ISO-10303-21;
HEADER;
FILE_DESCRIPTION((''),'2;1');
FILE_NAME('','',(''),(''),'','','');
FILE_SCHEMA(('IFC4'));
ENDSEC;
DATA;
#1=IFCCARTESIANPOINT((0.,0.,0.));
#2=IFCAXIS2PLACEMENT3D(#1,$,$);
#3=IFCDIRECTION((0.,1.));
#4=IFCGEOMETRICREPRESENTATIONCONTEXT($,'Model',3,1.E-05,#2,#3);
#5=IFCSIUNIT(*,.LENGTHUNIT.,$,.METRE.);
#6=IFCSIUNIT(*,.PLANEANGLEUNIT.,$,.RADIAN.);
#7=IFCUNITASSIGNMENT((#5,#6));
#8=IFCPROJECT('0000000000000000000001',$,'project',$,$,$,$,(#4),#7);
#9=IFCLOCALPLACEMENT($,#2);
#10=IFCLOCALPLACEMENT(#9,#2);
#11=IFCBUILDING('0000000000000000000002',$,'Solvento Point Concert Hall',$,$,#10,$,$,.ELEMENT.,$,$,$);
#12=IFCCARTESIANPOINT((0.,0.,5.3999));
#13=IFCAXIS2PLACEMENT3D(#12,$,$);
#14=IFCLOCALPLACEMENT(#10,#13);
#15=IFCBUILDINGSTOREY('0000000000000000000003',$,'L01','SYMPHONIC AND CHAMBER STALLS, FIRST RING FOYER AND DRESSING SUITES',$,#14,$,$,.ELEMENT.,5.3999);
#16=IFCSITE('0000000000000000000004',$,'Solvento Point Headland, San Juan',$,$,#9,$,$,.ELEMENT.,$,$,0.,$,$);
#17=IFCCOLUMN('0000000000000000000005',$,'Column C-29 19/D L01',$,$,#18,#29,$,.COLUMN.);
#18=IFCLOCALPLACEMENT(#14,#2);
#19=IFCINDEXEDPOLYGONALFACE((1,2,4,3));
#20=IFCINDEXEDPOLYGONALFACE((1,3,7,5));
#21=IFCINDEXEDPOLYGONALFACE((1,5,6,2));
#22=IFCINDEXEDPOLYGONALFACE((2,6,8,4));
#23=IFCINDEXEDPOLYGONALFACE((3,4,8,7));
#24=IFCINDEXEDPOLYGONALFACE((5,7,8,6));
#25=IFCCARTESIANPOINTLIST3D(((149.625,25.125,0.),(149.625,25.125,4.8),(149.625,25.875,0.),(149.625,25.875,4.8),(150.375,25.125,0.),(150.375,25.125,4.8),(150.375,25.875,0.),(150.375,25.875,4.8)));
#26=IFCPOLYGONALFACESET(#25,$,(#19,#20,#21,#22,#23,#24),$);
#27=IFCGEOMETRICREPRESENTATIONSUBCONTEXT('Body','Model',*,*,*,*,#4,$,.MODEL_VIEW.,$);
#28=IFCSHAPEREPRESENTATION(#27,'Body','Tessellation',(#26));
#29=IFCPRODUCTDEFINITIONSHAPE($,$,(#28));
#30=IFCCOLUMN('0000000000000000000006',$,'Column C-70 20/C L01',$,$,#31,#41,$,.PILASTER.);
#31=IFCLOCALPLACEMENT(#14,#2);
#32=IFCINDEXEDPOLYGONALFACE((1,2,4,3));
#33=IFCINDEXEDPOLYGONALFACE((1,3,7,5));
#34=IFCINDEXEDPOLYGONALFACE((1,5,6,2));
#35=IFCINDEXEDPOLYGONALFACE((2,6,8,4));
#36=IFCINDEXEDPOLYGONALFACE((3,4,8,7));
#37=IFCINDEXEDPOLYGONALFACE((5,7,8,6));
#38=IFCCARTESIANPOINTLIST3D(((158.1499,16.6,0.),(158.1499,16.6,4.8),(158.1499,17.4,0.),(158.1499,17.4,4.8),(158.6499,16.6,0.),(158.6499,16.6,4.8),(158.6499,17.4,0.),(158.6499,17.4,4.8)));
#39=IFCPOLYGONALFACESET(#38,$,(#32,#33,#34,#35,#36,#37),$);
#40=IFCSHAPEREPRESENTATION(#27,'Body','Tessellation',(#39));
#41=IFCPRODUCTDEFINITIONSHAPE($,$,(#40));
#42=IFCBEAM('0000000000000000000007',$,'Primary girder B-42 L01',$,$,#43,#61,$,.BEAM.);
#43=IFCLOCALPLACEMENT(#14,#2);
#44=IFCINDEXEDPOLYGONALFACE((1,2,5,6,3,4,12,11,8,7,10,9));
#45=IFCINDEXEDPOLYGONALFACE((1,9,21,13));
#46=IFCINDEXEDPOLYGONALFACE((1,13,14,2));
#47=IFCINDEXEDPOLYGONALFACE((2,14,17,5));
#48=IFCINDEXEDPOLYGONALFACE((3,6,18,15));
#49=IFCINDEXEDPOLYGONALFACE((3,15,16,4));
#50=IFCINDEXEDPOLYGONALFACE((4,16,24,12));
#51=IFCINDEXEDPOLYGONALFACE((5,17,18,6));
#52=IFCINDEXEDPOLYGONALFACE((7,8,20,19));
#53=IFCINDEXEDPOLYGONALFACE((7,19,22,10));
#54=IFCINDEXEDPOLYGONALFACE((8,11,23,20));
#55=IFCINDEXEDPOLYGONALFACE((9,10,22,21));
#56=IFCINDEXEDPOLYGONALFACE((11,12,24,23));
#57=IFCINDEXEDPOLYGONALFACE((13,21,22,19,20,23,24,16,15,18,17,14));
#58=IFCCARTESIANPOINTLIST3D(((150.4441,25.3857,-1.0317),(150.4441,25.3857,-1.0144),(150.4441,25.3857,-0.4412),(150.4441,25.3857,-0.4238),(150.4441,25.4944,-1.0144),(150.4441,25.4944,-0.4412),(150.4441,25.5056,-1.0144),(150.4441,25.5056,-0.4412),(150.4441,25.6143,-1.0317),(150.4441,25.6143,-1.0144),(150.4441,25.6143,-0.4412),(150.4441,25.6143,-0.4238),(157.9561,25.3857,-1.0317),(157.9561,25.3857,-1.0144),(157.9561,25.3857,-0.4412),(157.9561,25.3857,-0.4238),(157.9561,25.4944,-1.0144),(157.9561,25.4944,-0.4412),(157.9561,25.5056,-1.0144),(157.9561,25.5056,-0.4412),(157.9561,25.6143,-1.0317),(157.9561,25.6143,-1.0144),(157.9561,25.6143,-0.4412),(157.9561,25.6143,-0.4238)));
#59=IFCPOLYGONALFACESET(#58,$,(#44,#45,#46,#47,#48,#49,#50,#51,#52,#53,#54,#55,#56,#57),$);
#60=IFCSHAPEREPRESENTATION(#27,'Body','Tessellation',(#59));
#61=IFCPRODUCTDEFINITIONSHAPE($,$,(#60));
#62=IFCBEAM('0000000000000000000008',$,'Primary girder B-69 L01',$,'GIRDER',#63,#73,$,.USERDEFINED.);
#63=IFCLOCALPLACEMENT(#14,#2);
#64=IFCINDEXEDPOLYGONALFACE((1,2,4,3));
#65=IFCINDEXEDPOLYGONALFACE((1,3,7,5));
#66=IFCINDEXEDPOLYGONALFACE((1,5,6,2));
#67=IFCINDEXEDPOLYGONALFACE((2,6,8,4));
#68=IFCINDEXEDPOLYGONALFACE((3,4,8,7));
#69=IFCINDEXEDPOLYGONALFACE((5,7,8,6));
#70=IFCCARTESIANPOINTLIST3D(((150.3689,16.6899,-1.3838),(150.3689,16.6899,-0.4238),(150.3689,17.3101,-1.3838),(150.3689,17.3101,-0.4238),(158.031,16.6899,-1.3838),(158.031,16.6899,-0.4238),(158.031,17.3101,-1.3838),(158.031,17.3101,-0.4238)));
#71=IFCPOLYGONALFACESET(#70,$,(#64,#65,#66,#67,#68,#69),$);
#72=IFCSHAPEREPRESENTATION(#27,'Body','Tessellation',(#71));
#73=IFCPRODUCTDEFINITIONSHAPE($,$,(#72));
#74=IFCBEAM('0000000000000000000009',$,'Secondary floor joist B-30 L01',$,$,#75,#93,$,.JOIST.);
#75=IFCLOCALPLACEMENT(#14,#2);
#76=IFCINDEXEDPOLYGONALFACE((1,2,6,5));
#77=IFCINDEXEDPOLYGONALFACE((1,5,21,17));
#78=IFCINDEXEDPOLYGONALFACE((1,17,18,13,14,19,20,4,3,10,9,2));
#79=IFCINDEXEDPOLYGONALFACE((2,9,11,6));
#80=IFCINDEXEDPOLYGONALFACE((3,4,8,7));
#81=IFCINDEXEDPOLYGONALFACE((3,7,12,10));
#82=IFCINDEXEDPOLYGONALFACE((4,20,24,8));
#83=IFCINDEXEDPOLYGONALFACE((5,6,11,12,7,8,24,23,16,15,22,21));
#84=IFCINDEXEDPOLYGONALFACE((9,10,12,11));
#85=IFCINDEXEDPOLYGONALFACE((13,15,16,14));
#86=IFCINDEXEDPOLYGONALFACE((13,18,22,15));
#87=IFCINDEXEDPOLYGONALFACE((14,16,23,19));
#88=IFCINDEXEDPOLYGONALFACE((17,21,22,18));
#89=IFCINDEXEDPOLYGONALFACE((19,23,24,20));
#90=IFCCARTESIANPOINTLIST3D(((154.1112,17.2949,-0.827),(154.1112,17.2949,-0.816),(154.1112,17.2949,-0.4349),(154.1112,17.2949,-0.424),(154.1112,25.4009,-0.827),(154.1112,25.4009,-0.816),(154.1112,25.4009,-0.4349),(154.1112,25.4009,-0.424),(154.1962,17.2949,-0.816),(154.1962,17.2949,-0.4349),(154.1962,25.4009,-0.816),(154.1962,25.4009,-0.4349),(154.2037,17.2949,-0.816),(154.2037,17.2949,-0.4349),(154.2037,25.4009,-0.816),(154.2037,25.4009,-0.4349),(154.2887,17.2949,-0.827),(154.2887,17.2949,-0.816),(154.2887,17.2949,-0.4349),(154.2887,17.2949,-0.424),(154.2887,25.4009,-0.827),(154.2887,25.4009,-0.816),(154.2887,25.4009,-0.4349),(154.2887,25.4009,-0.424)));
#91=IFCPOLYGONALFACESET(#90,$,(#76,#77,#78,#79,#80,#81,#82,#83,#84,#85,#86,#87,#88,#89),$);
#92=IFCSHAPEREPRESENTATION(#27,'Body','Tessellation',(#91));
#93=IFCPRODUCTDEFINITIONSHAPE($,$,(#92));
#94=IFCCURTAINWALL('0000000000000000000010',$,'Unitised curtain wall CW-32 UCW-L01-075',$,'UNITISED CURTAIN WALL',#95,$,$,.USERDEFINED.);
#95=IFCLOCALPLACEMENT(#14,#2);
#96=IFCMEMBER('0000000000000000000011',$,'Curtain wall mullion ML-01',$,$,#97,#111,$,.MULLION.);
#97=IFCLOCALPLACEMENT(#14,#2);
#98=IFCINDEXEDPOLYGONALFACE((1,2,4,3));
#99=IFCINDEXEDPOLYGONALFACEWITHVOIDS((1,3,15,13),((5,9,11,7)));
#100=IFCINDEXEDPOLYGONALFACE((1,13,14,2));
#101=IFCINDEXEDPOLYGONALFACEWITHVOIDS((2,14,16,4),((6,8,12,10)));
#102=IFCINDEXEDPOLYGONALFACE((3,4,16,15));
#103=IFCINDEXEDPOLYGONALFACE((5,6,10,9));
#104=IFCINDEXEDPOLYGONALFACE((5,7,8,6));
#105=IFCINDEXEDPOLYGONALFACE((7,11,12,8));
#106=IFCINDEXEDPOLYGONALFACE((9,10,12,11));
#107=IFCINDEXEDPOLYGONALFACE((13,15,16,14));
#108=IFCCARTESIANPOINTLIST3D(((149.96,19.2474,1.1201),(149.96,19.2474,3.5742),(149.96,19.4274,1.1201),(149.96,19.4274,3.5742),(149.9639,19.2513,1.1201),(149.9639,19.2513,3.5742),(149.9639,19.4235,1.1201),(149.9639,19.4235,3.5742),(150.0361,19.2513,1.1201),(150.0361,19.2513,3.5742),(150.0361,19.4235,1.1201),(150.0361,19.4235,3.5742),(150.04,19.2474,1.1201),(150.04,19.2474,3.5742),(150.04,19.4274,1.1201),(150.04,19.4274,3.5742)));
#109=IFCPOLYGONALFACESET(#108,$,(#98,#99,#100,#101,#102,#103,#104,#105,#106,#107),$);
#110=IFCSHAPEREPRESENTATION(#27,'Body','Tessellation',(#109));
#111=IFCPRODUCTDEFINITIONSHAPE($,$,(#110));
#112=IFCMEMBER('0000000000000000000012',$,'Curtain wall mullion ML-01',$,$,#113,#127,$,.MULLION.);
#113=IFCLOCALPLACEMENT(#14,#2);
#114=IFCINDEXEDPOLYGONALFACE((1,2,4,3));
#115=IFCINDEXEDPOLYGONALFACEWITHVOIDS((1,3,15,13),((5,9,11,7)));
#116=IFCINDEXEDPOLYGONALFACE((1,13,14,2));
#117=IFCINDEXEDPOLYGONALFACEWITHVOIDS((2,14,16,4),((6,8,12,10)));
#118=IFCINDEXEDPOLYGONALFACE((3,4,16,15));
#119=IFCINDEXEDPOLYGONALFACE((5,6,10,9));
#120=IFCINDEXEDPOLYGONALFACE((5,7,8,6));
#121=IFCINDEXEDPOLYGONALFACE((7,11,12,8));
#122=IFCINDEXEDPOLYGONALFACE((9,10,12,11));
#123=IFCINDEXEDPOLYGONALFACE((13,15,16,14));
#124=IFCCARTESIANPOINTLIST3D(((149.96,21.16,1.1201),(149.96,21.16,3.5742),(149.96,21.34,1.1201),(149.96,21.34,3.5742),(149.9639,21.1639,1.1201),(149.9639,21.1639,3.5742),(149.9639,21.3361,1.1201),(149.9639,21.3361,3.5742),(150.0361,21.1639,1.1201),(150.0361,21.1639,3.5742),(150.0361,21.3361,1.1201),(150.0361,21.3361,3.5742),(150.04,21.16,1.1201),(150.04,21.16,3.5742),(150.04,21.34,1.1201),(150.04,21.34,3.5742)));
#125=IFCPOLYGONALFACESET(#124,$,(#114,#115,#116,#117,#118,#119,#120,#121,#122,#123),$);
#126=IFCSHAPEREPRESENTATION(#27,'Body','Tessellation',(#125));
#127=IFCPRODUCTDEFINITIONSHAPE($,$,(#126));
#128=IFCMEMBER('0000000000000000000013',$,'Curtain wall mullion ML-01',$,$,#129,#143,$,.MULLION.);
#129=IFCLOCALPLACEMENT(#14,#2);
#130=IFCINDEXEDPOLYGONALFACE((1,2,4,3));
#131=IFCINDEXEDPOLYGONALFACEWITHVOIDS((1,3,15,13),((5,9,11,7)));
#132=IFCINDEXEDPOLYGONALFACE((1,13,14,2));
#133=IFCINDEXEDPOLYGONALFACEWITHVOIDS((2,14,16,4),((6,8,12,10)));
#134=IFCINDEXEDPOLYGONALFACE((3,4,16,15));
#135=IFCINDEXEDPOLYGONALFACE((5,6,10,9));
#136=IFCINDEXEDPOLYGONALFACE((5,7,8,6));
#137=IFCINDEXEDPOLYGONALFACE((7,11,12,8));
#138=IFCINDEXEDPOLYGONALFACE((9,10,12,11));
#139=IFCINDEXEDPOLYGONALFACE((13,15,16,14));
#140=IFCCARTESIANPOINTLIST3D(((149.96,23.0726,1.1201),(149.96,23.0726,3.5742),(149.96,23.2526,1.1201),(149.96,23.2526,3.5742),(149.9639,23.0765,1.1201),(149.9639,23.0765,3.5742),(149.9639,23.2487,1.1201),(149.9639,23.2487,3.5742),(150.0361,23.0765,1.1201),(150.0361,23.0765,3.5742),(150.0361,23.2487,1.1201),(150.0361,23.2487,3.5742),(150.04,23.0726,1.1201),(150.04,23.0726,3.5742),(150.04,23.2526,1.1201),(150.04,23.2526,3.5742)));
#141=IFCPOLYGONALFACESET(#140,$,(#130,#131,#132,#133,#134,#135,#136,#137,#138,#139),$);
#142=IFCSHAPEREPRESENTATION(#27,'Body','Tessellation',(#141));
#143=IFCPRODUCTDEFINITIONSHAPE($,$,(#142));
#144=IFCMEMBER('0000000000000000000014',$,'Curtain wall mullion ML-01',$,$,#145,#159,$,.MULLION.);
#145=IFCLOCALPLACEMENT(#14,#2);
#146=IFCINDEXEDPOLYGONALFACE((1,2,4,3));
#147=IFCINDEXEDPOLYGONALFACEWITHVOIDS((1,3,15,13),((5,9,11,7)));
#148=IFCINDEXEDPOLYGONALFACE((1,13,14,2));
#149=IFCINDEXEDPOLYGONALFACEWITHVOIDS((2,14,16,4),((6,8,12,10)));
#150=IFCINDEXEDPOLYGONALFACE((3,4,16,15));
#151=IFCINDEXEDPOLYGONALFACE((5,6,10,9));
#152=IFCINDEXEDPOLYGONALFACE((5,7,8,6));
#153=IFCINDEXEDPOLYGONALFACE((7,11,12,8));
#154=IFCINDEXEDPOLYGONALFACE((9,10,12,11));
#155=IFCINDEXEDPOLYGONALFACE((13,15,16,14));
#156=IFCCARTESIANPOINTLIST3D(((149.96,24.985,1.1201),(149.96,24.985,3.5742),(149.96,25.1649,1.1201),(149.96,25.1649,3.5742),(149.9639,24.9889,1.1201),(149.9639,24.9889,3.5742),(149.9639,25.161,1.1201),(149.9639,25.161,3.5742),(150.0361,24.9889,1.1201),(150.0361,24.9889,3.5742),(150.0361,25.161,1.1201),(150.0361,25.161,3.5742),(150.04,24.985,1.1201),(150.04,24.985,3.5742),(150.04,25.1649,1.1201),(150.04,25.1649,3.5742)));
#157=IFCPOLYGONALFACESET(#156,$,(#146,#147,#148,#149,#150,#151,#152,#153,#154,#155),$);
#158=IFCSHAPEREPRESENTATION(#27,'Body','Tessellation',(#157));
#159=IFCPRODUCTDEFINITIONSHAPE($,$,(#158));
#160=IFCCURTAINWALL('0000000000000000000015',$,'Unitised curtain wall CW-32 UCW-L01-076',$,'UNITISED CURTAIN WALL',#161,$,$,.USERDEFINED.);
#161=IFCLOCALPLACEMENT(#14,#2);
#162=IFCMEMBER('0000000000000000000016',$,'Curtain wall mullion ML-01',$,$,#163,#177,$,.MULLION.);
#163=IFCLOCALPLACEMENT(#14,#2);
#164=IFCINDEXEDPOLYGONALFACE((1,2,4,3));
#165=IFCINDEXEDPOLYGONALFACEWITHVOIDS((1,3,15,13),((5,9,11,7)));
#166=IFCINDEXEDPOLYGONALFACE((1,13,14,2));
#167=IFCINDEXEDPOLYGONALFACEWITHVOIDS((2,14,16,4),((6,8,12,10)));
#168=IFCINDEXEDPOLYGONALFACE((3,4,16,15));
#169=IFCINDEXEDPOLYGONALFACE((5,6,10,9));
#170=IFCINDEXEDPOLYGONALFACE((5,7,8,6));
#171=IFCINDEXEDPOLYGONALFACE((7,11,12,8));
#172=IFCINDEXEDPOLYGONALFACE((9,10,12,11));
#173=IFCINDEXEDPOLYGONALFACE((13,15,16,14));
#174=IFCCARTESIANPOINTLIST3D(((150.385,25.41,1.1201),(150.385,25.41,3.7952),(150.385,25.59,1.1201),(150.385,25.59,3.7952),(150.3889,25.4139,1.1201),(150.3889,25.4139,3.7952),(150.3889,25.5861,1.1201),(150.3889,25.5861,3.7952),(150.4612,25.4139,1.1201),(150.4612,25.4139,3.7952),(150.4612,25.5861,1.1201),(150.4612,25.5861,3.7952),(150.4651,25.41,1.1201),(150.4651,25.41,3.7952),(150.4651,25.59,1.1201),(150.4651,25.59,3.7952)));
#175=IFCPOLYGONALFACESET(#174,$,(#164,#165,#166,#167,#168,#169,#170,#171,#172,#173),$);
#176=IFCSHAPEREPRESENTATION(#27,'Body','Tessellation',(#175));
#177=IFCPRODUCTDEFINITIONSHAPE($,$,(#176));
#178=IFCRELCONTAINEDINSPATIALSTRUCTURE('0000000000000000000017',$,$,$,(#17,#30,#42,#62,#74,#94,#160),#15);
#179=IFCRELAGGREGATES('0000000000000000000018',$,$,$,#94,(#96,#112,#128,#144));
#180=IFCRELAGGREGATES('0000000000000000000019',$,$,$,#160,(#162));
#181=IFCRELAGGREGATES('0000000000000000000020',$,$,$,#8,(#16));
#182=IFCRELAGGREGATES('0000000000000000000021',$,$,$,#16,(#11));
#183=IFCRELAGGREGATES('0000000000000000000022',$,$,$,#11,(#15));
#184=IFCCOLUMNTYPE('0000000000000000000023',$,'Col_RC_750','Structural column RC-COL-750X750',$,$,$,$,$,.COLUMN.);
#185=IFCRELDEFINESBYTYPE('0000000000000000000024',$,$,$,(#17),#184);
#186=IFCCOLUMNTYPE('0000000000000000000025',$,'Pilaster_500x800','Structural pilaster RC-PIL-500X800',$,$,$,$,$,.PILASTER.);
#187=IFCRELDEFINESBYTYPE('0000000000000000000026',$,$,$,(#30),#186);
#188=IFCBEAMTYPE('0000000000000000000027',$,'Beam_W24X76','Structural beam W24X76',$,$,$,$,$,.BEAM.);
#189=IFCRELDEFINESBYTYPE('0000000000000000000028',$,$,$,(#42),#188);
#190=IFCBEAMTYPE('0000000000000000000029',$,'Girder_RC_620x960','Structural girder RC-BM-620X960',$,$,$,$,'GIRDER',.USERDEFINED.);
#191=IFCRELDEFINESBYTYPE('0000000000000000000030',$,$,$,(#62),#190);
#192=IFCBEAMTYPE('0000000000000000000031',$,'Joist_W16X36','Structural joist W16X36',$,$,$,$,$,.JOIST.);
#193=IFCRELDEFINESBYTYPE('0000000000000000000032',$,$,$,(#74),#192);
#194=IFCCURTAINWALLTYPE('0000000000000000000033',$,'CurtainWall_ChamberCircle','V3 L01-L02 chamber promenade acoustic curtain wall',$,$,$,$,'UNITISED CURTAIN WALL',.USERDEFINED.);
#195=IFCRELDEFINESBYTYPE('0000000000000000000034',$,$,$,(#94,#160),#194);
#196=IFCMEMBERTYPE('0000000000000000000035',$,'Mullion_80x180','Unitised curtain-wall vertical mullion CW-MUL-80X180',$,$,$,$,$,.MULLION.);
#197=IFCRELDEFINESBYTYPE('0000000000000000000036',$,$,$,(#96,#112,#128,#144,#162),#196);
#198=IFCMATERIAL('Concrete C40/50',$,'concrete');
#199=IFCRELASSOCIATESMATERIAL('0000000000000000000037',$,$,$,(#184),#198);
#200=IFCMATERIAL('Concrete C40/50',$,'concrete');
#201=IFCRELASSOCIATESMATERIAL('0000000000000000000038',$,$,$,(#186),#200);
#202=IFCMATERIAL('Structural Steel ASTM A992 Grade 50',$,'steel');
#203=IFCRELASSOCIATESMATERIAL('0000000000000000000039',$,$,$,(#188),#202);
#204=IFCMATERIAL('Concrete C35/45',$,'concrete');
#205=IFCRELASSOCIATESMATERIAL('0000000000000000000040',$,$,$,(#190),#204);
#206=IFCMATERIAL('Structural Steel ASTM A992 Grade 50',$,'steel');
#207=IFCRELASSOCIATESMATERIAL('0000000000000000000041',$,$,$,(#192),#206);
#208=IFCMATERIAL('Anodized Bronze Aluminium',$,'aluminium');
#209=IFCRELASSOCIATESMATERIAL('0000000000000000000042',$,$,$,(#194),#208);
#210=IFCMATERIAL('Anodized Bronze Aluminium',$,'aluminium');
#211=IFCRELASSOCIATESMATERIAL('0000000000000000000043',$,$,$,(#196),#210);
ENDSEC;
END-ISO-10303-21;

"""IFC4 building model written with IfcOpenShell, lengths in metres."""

from ifc_helpers import new_model, si_unit, direction, frame, origin, origin_2d, place, context, subcontext, project, spatial, rectangle, hollow_rectangle, i_section, extrude, material, material_profile, profile_set, type_object, element, aggregate, save


model = new_model("IFC4")

# Units and contexts
model_context = context("Model", 3, precision=1e-05, world=origin(), true_north=direction((0.0, 1.0)))
body_context = subcontext(model_context, "Body", "Model", "MODEL_VIEW")
ifc_project = project(units=[si_unit("LENGTHUNIT", "METRE"), si_unit("PLANEANGLEUNIT", "RADIAN")], contexts=[model_context])

# Site, building, storey
site_placement = place(None, origin())
site = spatial("IfcSite", under=ifc_project, at=site_placement, Name="Solvento Point Headland, San Juan", CompositionType="ELEMENT", RefElevation=0.0)
building_placement = place(site_placement, origin())
building = spatial("IfcBuilding", under=site, at=building_placement, Name="Solvento Point Concert Hall", CompositionType="ELEMENT")
storey_placement = place(building_placement, frame((0.0, 0.0, 5.3999)))
storey = spatial("IfcBuildingStorey", under=building, at=storey_placement, Name="L01", Description="SYMPHONIC AND CHAMBER STALLS, FIRST RING FOYER AND DRESSING SUITES", CompositionType="ELEMENT", Elevation=5.3999)

# Columns
ifc_material_1 = material(Name="Concrete C40/50", Category="concrete")
ifc_material_profile_1 = material_profile(ifc_material_1, rectangle(XDim=0.75, YDim=0.75, at=origin_2d()), Name="RC-COL-750X750")
ifc_profile_set_1 = profile_set([ifc_material_profile_1], Name="Concrete C40/50")
column_type_1 = type_object("IfcColumnType", Name="Col_RC_750", Description="Structural column RC-COL-750X750", PredefinedType="COLUMN", material=ifc_profile_set_1)
column_1_placement = place(storey_placement, frame((150.0, 25.5, 0.0), z_axis=(0.0, 0.0, 1.0), x_axis=(1.0, 0.0, 0.0)))
element("IfcColumn", 1, at=column_1_placement, inside=storey, type_object=column_type_1, Name="Column C-29 19/D L01", PredefinedType="COLUMN", context=body_context, shape_type="SweptSolid", body=[
    extrude(rectangle(XDim=0.75, YDim=0.75, at=origin_2d()), origin(), (0.0, 0.0, 1.0), 4.8),
])
ifc_material_2 = material(Name="Concrete C40/50", Category="concrete")
ifc_material_profile_2 = material_profile(ifc_material_2, rectangle(XDim=0.5, YDim=0.8, at=origin_2d()), Name="RC-PIL-500X800")
ifc_profile_set_2 = profile_set([ifc_material_profile_2], Name="Concrete C40/50")
column_type_2 = type_object("IfcColumnType", Name="Pilaster_500x800", Description="Structural pilaster RC-PIL-500X800", PredefinedType="PILASTER", material=ifc_profile_set_2)
column_2_placement = place(storey_placement, frame((158.3999, 17.0, 0.0), z_axis=(0.0, 0.0, 1.0), x_axis=(1.0, 0.0, 0.0)))
element("IfcColumn", 2, at=column_2_placement, inside=storey, type_object=column_type_2, Name="Column C-70 20/C L01", PredefinedType="PILASTER", context=body_context, shape_type="SweptSolid", body=[
    extrude(rectangle(XDim=0.5, YDim=0.8, at=origin_2d()), origin(), (0.0, 0.0, 1.0), 4.8),
])

# Beams
ifc_material_3 = material(Name="Structural Steel ASTM A992 Grade 50", Category="steel")
ifc_material_profile_3 = material_profile(ifc_material_3, i_section(OverallWidth=0.2285, OverallDepth=0.6079, WebThickness=0.0112, FlangeThickness=0.0173, at=origin_2d()), Name="W24X76")
ifc_profile_set_3 = profile_set([ifc_material_profile_3], Name="Structural Steel ASTM A992 Grade 50")
beam_type_1 = type_object("IfcBeamType", Name="Beam_W24X76", Description="Structural beam W24X76", PredefinedType="BEAM", material=ifc_profile_set_3)
beam_1_placement = place(storey_placement, frame((150.4441, 25.5, -0.7278), z_axis=(1.0, 0.0, 0.0), x_axis=(0.0, 1.0, 0.0)))
element("IfcBeam", 3, at=beam_1_placement, inside=storey, type_object=beam_type_1, Name="Primary girder B-42 L01", PredefinedType="BEAM", context=body_context, shape_type="SweptSolid", body=[
    extrude(i_section(OverallWidth=0.2285, OverallDepth=0.6079, WebThickness=0.0112, FlangeThickness=0.0173, at=origin_2d()), origin(), (0.0, 0.0, 1.0), 7.512),
])
ifc_material_4 = material(Name="Concrete C35/45", Category="concrete")
ifc_material_profile_4 = material_profile(ifc_material_4, rectangle(XDim=0.6201, YDim=0.96, at=origin_2d()), Name="RC-BM-620X960")
ifc_profile_set_4 = profile_set([ifc_material_profile_4], Name="Concrete C35/45")
beam_type_2 = type_object("IfcBeamType", Name="Girder_RC_620x960", Description="Structural girder RC-BM-620X960", ElementType="GIRDER", PredefinedType="USERDEFINED", material=ifc_profile_set_4)
beam_2_placement = place(storey_placement, frame((150.3689, 17.0, -0.9038), z_axis=(1.0, 0.0, 0.0), x_axis=(0.0, 1.0, 0.0)))
element("IfcBeam", 4, at=beam_2_placement, inside=storey, type_object=beam_type_2, Name="Primary girder B-69 L01", ObjectType="GIRDER", PredefinedType="USERDEFINED", context=body_context, shape_type="SweptSolid", body=[
    extrude(rectangle(XDim=0.6201, YDim=0.96, at=origin_2d()), origin(), (0.0, 0.0, 1.0), 7.6621),
])
ifc_material_5 = material(Name="Structural Steel ASTM A992 Grade 50", Category="steel")
ifc_material_profile_5 = material_profile(ifc_material_5, i_section(OverallWidth=0.1775, OverallDepth=0.4031, WebThickness=0.0076, FlangeThickness=0.011, at=origin_2d()), Name="W16X36")
ifc_profile_set_5 = profile_set([ifc_material_profile_5], Name="Structural Steel ASTM A992 Grade 50")
beam_type_3 = type_object("IfcBeamType", Name="Joist_W16X36", Description="Structural joist W16X36", PredefinedType="JOIST", material=ifc_profile_set_5)
beam_3_placement = place(storey_placement, frame((154.2, 17.2949, -0.6255), z_axis=(0.0, 1.0, 0.0), x_axis=(-1.0, 0.0, 0.0)))
element("IfcBeam", 5, at=beam_3_placement, inside=storey, type_object=beam_type_3, Name="Secondary floor joist B-30 L01", PredefinedType="JOIST", context=body_context, shape_type="SweptSolid", body=[
    extrude(i_section(OverallWidth=0.1775, OverallDepth=0.4031, WebThickness=0.0076, FlangeThickness=0.011, at=origin_2d()), origin(), (0.0, 0.0, 1.0), 8.106),
])

# Curtain walls, members
ifc_material_6 = material(Name="Anodized Bronze Aluminium", Category="aluminium")
curtain_wall_type = type_object("IfcCurtainWallType", Name="CurtainWall_ChamberCircle", Description="V3 L01-L02 chamber promenade acoustic curtain wall", ElementType="UNITISED CURTAIN WALL", PredefinedType="USERDEFINED", material=ifc_material_6)
curtain_wall_1_placement = place(storey_placement, origin())
curtain_wall_1 = element("IfcCurtainWall", 6, at=curtain_wall_1_placement, inside=storey, type_object=curtain_wall_type, Name="Unitised curtain wall CW-32 UCW-L01-075", ObjectType="UNITISED CURTAIN WALL", PredefinedType="USERDEFINED")
ifc_material_7 = material(Name="Anodized Bronze Aluminium", Category="aluminium")
ifc_material_profile_6 = material_profile(ifc_material_7, hollow_rectangle(XDim=0.0801, YDim=0.1799, WallThickness=0.0039, at=origin_2d()), Name="CW-MUL-80X180")
ifc_profile_set_6 = profile_set([ifc_material_profile_6], Name="Anodized Bronze Aluminium")
member_type_1 = type_object("IfcMemberType", Name="Mullion_80x180", Description="Unitised curtain-wall vertical mullion CW-MUL-80X180", PredefinedType="MULLION", material=ifc_profile_set_6)
member_1_placement = place(storey_placement, frame((150.0, 19.3374, 1.1201), z_axis=(0.0, 0.0, 1.0), x_axis=(1.0, 0.0, 0.0)))
member_1 = element("IfcMember", 7, at=member_1_placement, type_object=member_type_1, Name="Curtain wall mullion ML-01", PredefinedType="MULLION", context=body_context, shape_type="SweptSolid", body=[
    extrude(hollow_rectangle(XDim=0.0801, YDim=0.1799, WallThickness=0.0039, at=origin_2d()), origin(), (0.0, 0.0, 1.0), 2.4541),
])
member_2_placement = place(storey_placement, frame((150.0, 21.25, 1.1201), z_axis=(0.0, 0.0, 1.0), x_axis=(1.0, 0.0, 0.0)))
member_2 = element("IfcMember", 8, at=member_2_placement, type_object=member_type_1, Name="Curtain wall mullion ML-01", PredefinedType="MULLION", context=body_context, shape_type="SweptSolid", body=[
    extrude(hollow_rectangle(XDim=0.0801, YDim=0.1799, WallThickness=0.0039, at=origin_2d()), origin(), (0.0, 0.0, 1.0), 2.4541),
])
member_3_placement = place(storey_placement, frame((150.0, 23.1626, 1.1201), z_axis=(0.0, 0.0, 1.0), x_axis=(1.0, 0.0, 0.0)))
member_3 = element("IfcMember", 9, at=member_3_placement, type_object=member_type_1, Name="Curtain wall mullion ML-01", PredefinedType="MULLION", context=body_context, shape_type="SweptSolid", body=[
    extrude(hollow_rectangle(XDim=0.0801, YDim=0.1799, WallThickness=0.0039, at=origin_2d()), origin(), (0.0, 0.0, 1.0), 2.4541),
])
member_4_placement = place(storey_placement, frame((150.0, 25.075, 1.1201), z_axis=(0.0, 0.0, 1.0), x_axis=(1.0, 0.0, 0.0)))
member_4 = element("IfcMember", 10, at=member_4_placement, type_object=member_type_1, Name="Curtain wall mullion ML-01", PredefinedType="MULLION", context=body_context, shape_type="SweptSolid", body=[
    extrude(hollow_rectangle(XDim=0.0801, YDim=0.1799, WallThickness=0.0039, at=origin_2d()), origin(), (0.0, 0.0, 1.0), 2.4541),
])
curtain_wall_2_placement = place(storey_placement, origin())
curtain_wall_2 = element("IfcCurtainWall", 11, at=curtain_wall_2_placement, inside=storey, type_object=curtain_wall_type, Name="Unitised curtain wall CW-32 UCW-L01-076", ObjectType="UNITISED CURTAIN WALL", PredefinedType="USERDEFINED")
member_5_placement = place(storey_placement, frame((150.425, 25.5, 1.1201), z_axis=(0.0, 0.0, 1.0), x_axis=(1.0, 0.0, 0.0)))
member_5 = element("IfcMember", 12, at=member_5_placement, type_object=member_type_1, Name="Curtain wall mullion ML-01", PredefinedType="MULLION", context=body_context, shape_type="SweptSolid", body=[
    extrude(hollow_rectangle(XDim=0.0801, YDim=0.1799, WallThickness=0.0039, at=origin_2d()), origin(), (0.0, 0.0, 1.0), 2.675),
])

aggregate(curtain_wall_1, [member_1, member_2, member_3, member_4])
aggregate(curtain_wall_2, [member_5])

save(model, "model.ifc")
